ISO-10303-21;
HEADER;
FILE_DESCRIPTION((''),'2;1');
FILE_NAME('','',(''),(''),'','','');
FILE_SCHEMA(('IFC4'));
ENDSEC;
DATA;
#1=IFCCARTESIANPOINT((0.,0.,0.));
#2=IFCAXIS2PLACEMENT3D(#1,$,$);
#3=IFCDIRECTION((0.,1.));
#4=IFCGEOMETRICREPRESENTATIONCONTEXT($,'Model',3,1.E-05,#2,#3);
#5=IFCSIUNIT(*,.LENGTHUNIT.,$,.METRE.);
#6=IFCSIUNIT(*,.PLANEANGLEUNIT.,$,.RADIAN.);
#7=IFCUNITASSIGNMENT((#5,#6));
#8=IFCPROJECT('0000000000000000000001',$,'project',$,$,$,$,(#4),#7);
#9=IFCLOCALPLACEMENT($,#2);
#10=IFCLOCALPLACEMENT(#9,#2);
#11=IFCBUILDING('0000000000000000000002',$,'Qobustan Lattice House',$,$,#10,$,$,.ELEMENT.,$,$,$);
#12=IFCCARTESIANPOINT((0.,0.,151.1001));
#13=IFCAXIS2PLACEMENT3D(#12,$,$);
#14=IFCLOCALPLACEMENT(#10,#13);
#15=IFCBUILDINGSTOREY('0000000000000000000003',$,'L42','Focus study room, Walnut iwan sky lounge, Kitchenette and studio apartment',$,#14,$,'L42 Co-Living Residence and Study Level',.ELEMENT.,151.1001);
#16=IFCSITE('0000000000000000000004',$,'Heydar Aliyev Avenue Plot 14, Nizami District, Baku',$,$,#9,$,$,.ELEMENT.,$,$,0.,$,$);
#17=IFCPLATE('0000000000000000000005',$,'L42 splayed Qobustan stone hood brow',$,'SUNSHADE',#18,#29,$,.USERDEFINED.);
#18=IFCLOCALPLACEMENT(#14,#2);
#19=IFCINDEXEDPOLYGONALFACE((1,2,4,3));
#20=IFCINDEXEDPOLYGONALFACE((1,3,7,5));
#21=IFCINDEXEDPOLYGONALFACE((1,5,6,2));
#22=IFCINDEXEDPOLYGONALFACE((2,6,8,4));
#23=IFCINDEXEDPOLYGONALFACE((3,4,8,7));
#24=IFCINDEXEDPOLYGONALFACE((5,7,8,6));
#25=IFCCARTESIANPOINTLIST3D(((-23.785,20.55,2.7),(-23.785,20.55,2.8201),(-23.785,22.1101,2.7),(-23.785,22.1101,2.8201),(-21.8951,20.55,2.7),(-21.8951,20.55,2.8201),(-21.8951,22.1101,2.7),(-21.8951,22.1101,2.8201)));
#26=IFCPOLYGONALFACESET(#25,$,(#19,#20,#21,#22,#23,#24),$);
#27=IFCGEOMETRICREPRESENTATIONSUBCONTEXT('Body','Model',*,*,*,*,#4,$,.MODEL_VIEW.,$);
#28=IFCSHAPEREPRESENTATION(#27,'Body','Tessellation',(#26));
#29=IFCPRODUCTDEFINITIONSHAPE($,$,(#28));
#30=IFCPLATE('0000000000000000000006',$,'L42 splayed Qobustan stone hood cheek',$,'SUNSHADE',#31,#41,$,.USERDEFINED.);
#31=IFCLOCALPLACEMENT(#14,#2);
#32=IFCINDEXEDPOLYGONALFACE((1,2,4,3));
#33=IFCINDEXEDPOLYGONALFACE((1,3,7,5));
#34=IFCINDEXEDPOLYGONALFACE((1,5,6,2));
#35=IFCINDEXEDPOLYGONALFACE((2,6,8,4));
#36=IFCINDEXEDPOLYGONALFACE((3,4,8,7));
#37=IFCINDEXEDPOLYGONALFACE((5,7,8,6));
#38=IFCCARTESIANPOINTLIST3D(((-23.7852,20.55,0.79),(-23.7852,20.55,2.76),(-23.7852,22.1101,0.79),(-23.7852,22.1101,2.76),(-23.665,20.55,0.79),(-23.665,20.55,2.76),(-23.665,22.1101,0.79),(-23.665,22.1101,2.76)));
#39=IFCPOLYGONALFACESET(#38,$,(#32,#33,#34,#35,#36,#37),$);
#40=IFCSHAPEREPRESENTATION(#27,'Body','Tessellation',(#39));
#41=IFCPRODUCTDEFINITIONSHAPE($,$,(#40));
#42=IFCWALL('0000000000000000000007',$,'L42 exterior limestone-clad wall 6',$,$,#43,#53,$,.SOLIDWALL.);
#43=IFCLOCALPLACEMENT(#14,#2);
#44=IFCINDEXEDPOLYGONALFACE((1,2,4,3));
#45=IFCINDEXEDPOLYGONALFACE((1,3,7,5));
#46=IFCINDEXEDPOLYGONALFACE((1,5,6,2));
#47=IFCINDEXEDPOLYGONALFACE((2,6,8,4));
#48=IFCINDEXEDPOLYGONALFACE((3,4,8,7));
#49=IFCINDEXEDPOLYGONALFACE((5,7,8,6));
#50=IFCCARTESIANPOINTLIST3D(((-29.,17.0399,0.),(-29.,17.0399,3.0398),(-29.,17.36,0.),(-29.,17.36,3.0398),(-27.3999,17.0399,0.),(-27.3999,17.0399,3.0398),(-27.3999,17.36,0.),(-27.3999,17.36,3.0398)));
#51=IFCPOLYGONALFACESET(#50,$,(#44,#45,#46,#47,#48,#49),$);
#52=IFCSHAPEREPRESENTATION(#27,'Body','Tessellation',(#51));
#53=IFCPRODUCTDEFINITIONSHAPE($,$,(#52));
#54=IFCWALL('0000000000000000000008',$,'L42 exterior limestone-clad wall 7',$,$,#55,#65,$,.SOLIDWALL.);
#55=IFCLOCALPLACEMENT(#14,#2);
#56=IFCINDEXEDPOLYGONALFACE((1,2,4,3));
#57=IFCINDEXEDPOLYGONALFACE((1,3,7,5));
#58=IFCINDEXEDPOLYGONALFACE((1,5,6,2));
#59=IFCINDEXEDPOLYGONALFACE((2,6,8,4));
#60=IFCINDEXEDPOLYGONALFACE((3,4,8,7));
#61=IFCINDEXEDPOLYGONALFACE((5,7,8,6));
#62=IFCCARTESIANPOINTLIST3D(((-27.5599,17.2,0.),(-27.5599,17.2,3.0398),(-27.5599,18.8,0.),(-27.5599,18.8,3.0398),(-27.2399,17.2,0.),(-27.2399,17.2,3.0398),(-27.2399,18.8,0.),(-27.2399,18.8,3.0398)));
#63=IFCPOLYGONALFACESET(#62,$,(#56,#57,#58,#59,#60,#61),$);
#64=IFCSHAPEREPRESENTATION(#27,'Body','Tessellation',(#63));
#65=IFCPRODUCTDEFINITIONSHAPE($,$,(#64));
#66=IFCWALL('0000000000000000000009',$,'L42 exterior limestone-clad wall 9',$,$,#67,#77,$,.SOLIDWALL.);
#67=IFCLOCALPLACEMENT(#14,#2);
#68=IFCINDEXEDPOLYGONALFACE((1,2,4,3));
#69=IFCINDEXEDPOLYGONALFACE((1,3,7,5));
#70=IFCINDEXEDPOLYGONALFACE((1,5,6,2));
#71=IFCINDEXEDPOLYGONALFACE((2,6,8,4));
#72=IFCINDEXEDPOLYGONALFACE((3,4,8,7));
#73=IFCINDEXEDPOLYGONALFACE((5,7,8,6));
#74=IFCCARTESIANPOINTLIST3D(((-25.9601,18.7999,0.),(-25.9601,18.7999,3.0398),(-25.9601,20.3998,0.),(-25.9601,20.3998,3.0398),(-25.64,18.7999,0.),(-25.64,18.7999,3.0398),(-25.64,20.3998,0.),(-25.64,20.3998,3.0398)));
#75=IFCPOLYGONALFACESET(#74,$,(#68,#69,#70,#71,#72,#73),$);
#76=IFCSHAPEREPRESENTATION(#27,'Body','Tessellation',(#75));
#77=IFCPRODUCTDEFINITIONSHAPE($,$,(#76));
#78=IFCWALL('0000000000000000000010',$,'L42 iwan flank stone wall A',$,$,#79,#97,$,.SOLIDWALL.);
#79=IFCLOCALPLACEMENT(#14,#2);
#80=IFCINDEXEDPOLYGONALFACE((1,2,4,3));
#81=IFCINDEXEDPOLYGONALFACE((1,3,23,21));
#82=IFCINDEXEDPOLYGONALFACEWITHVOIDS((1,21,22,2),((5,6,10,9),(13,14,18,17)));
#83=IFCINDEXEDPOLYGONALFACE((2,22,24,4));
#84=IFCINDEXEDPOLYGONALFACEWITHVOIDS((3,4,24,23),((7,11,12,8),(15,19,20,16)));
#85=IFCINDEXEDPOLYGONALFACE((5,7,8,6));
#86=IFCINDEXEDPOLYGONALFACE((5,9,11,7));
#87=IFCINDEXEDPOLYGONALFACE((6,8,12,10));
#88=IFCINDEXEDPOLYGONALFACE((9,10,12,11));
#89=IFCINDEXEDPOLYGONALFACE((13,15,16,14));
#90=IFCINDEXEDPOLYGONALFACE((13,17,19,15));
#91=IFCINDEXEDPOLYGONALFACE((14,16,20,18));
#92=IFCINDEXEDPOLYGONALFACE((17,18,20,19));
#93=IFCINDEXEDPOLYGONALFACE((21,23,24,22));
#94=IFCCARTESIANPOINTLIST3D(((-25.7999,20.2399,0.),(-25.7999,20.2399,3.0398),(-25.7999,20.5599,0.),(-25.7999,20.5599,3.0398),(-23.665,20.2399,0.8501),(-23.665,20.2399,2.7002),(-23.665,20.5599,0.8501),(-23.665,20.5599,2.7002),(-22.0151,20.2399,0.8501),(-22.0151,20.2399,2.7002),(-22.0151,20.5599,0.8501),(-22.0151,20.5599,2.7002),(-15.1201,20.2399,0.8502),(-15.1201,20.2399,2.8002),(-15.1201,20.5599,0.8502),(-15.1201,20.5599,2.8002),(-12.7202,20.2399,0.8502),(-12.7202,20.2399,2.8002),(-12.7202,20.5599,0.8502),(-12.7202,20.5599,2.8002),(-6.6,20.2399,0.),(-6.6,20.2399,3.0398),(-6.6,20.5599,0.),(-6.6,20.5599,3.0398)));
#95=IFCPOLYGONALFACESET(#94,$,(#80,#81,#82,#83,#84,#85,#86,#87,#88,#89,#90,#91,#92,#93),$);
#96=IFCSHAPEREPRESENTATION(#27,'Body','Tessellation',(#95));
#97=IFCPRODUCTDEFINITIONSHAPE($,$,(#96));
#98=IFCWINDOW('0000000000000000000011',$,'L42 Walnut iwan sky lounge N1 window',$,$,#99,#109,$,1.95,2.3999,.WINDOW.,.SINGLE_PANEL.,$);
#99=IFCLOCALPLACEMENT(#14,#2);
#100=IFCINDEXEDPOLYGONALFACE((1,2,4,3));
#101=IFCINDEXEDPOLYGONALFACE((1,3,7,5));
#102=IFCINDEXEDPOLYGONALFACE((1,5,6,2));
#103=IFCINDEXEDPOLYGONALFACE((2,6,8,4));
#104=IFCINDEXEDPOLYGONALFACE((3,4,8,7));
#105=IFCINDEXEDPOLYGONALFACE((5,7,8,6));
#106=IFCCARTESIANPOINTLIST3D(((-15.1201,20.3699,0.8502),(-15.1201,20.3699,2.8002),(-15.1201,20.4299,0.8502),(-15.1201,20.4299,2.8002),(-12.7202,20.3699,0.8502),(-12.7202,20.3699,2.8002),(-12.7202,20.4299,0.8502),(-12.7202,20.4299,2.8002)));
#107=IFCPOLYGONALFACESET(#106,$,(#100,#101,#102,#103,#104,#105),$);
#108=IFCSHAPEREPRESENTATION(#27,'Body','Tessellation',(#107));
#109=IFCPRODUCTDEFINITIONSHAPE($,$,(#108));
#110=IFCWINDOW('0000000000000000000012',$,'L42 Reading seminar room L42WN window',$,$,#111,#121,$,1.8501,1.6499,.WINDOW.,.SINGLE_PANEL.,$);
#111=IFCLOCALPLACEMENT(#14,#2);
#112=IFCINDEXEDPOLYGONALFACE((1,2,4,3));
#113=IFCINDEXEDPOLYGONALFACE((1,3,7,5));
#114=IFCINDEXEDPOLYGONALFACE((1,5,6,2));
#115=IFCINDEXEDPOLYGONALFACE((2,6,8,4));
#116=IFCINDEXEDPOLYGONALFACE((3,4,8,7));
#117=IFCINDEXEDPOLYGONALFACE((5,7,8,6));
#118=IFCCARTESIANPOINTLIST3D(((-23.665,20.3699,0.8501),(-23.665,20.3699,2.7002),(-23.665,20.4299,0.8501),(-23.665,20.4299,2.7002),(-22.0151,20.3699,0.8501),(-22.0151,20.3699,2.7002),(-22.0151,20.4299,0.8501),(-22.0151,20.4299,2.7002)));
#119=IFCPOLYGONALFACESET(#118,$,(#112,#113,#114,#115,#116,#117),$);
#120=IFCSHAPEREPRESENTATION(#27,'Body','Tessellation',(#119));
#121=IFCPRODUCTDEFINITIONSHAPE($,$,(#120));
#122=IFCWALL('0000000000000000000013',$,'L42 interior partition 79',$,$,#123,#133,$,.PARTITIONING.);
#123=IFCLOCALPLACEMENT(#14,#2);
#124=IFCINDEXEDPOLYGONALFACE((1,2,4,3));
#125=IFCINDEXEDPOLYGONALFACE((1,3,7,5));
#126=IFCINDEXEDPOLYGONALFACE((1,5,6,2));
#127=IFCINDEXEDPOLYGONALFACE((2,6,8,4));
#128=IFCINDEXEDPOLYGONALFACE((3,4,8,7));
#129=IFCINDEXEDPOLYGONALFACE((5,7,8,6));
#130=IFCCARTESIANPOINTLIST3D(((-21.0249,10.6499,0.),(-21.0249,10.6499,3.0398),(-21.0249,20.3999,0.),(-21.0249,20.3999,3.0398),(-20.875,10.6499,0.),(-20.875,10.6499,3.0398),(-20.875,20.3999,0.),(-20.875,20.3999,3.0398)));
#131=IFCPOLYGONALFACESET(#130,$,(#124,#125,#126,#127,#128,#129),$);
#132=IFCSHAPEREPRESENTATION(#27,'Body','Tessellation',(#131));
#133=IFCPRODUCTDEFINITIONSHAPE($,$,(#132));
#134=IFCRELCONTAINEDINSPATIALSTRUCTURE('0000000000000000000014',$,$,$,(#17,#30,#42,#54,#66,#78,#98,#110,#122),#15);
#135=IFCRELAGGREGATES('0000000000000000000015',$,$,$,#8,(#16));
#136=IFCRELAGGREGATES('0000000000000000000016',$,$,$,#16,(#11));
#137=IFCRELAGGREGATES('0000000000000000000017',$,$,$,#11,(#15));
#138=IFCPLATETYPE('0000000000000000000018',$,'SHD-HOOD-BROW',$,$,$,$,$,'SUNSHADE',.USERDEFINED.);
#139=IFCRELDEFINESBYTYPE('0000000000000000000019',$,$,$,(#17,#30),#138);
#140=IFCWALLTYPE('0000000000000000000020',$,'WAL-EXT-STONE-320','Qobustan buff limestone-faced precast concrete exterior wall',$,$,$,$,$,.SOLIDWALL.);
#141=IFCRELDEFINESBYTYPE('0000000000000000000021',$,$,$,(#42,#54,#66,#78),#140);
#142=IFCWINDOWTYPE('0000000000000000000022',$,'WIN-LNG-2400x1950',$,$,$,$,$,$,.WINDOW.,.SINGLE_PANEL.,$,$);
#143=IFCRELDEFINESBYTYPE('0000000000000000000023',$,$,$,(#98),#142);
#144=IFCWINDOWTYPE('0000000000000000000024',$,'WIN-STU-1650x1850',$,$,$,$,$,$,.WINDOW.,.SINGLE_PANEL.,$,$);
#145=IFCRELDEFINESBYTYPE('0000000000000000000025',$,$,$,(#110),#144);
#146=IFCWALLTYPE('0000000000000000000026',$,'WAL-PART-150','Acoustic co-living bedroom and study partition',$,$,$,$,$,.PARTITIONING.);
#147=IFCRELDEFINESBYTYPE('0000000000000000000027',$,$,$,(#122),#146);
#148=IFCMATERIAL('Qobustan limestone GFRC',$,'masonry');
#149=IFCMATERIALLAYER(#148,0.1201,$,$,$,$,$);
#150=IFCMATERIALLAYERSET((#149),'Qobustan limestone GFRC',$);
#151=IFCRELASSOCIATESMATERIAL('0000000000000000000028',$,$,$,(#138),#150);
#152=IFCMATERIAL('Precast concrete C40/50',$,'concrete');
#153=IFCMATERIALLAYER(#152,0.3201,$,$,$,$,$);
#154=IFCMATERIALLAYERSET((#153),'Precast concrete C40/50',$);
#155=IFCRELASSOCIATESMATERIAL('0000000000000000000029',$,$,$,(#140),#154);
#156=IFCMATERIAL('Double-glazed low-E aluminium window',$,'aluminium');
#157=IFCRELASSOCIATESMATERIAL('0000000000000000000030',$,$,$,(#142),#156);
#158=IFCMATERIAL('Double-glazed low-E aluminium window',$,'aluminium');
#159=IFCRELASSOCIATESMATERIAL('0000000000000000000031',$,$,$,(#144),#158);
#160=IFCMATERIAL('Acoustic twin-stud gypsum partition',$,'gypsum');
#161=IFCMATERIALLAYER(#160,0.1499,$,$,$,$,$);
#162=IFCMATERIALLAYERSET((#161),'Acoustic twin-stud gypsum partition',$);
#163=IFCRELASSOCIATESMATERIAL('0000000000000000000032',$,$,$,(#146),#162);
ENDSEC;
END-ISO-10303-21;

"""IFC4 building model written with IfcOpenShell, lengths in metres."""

from ifc_helpers import new_model, si_unit, direction, frame, frame_2d, origin, origin_2d, place, context, subcontext, project, spatial, rectangle, extrude, material, layer, layer_set, type_object, element, fill, save


model = new_model("IFC4")

# Units and contexts
model_context = context("Model", 3, precision=1e-05, world=origin(), true_north=direction((0.0, 1.0)))
body_context = subcontext(model_context, "Body", "Model", "MODEL_VIEW")
ifc_project = project(units=[si_unit("LENGTHUNIT", "METRE"), si_unit("PLANEANGLEUNIT", "RADIAN")], contexts=[model_context])

# Site, building, storey
site_placement = place(None, origin())
site = spatial("IfcSite", under=ifc_project, at=site_placement, Name="Heydar Aliyev Avenue Plot 14, Nizami District, Baku", CompositionType="ELEMENT", RefElevation=0.0)
building_placement = place(site_placement, origin())
building = spatial("IfcBuilding", under=site, at=building_placement, Name="Qobustan Lattice House", CompositionType="ELEMENT")
storey_placement = place(building_placement, frame((0.0, 0.0, 151.1001)))
storey = spatial("IfcBuildingStorey", under=building, at=storey_placement, Name="L42", Description="Focus study room, Walnut iwan sky lounge, Kitchenette and studio apartment", LongName="L42 Co-Living Residence and Study Level", CompositionType="ELEMENT", Elevation=151.1001)

# Plates
ifc_material_1 = material(Name="Qobustan limestone GFRC", Category="masonry")
ifc_layer_1 = layer(ifc_material_1, 0.1201)
ifc_layer_set_1 = layer_set([ifc_layer_1], Name="Qobustan limestone GFRC")
plate_type_1 = type_object("IfcPlateType", Name="SHD-HOOD-BROW", ElementType="SUNSHADE", PredefinedType="USERDEFINED", material=ifc_layer_set_1)
plate_1_placement = place(storey_placement, frame((-22.8401, 21.3301, 2.7), z_axis=(0.0, 0.0, 1.0), x_axis=(1.0, 0.0, 0.0)))
element("IfcPlate", 1, at=plate_1_placement, inside=storey, type_object=plate_type_1, Name="L42 splayed Qobustan stone hood brow", ObjectType="SUNSHADE", PredefinedType="USERDEFINED", context=body_context, shape_type="SweptSolid", body=[
    extrude(rectangle(XDim=1.8899, YDim=1.5601, at=origin_2d()), origin(), (0.0, 0.0, 1.0), 0.1201),
])
plate_2_placement = place(storey_placement, frame((-23.7251, 21.3301, 0.79), z_axis=(0.0, 0.0, 1.0), x_axis=(1.0, 0.0, 0.0)))
element("IfcPlate", 2, at=plate_2_placement, inside=storey, type_object=plate_type_1, Name="L42 splayed Qobustan stone hood cheek", ObjectType="SUNSHADE", PredefinedType="USERDEFINED", context=body_context, shape_type="SweptSolid", body=[
    extrude(rectangle(XDim=0.1201, YDim=1.5601, at=origin_2d()), origin(), (0.0, 0.0, 1.0), 1.97),
])

# Walls
ifc_material_2 = material(Name="Precast concrete C40/50", Category="concrete")
ifc_layer_2 = layer(ifc_material_2, 0.3201)
ifc_layer_set_2 = layer_set([ifc_layer_2], Name="Precast concrete C40/50")
wall_type_1 = type_object("IfcWallType", Name="WAL-EXT-STONE-320", Description="Qobustan buff limestone-faced precast concrete exterior wall", PredefinedType="SOLIDWALL", material=ifc_layer_set_2)
for number, where, z_axis, x_axis, name in (
    (3, (-29.0, 17.2, 0.0), (0.0, 0.0, 1.0), (1.0, 0.0, 0.0), "L42 exterior limestone-clad wall 6"),
    (4, (-27.3999, 17.2, 0.0), (0.0, 0.0, 1.0), (0.0, 1.0, 0.0), "L42 exterior limestone-clad wall 7"),
):
    element("IfcWall", number, at=place(storey_placement, frame(where, z_axis=z_axis, x_axis=x_axis)), inside=storey, type_object=wall_type_1, Name=name, PredefinedType="SOLIDWALL", context=body_context, shape_type="SweptSolid", body=[
        extrude(rectangle(XDim=1.6001, YDim=0.3201, at=frame_2d((0.8, 0.0))), origin(), (0.0, 0.0, 1.0), 3.0398),
    ])
wall_1_placement = place(storey_placement, frame((-25.8, 18.8, 0.0), z_axis=(0.0, 0.0, 1.0), x_axis=(0.0, 1.0, 0.0)))
element("IfcWall", 5, at=wall_1_placement, inside=storey, type_object=wall_type_1, Name="L42 exterior limestone-clad wall 9", PredefinedType="SOLIDWALL", context=body_context, shape_type="SweptSolid", body=[
    extrude(rectangle(XDim=1.5999, YDim=0.3201, at=frame_2d((0.7998, 0.0))), origin(), (0.0, 0.0, 1.0), 3.0398),
])

# Wall, openings, windows
wall_2_placement = place(storey_placement, frame((-25.8, 20.3999, 0.0), z_axis=(0.0, 0.0, 1.0), x_axis=(1.0, 0.0, 0.0)))
wall_2 = element("IfcWall", 6, at=wall_2_placement, inside=storey, type_object=wall_type_1, Name="L42 iwan flank stone wall A", PredefinedType="SOLIDWALL", context=body_context, shape_type="SweptSolid", body=[
    extrude(rectangle(XDim=19.2, YDim=0.3201, at=frame_2d((9.6001, 0.0))), origin(), (0.0, 0.0, 1.0), 3.0398),
])
opening_1_placement = place(wall_2_placement, frame((2.135, 0.0, 0.8501)))
opening_1 = element("IfcOpeningElement", 7, at=opening_1_placement, cuts=wall_2, PredefinedType="OPENING", context=body_context, shape_type="SweptSolid", body=[
    extrude(rectangle(XDim=1.6499, YDim=1.8501, at=frame_2d((0.825, 0.925))), frame((0.0, 0.1699, 0.0), z_axis=(0.0, -1.0, 0.0), x_axis=(1.0, 0.0, 0.0)), (0.0, 0.0, 1.0), 0.3401),
])
opening_2_placement = place(wall_2_placement, frame((10.6799, 0.0, 0.8501)))
opening_2 = element("IfcOpeningElement", 8, at=opening_2_placement, cuts=wall_2, PredefinedType="OPENING", context=body_context, shape_type="SweptSolid", body=[
    extrude(rectangle(XDim=2.3999, YDim=1.95, at=frame_2d((1.2, 0.9751))), frame((0.0, 0.1699, 0.0), z_axis=(0.0, -1.0, 0.0), x_axis=(1.0, 0.0, 0.0)), (0.0, 0.0, 1.0), 0.3401),
])
ifc_material_3 = material(Name="Double-glazed low-E aluminium window", Category="aluminium")
window_type_1 = type_object("IfcWindowType", Name="WIN-LNG-2400x1950", PartitioningType="SINGLE_PANEL", PredefinedType="WINDOW", material=ifc_material_3)
window_1_placement = place(opening_2_placement, origin())
window_1 = element("IfcWindow", 9, at=window_1_placement, inside=storey, type_object=window_type_1, Name="L42 Walnut iwan sky lounge N1 window", OverallHeight=1.95, OverallWidth=2.3999, PartitioningType="SINGLE_PANEL", PredefinedType="WINDOW", context=body_context, shape_type="SweptSolid", body=[
    extrude(rectangle(XDim=2.3999, YDim=1.95, at=frame_2d((1.2, 0.9751))), frame((0.0, 0.03, 0.0), z_axis=(0.0, -1.0, 0.0), x_axis=(1.0, 0.0, 0.0)), (0.0, 0.0, 1.0), 0.0601),
])
fill(opening_2, window_1)
ifc_material_4 = material(Name="Double-glazed low-E aluminium window", Category="aluminium")
window_type_2 = type_object("IfcWindowType", Name="WIN-STU-1650x1850", PartitioningType="SINGLE_PANEL", PredefinedType="WINDOW", material=ifc_material_4)
window_2_placement = place(opening_1_placement, origin())
window_2 = element("IfcWindow", 10, at=window_2_placement, inside=storey, type_object=window_type_2, Name="L42 Reading seminar room L42WN window", OverallHeight=1.8501, OverallWidth=1.6499, PartitioningType="SINGLE_PANEL", PredefinedType="WINDOW", context=body_context, shape_type="SweptSolid", body=[
    extrude(rectangle(XDim=1.6499, YDim=1.8501, at=frame_2d((0.825, 0.925))), frame((0.0, 0.03, 0.0), z_axis=(0.0, -1.0, 0.0), x_axis=(1.0, 0.0, 0.0)), (0.0, 0.0, 1.0), 0.0601),
])
fill(opening_1, window_2)

# Wall
ifc_material_5 = material(Name="Acoustic twin-stud gypsum partition", Category="gypsum")
ifc_layer_3 = layer(ifc_material_5, 0.1499)
ifc_layer_set_3 = layer_set([ifc_layer_3], Name="Acoustic twin-stud gypsum partition")
wall_type_2 = type_object("IfcWallType", Name="WAL-PART-150", Description="Acoustic co-living bedroom and study partition", PredefinedType="PARTITIONING", material=ifc_layer_set_3)
wall_3_placement = place(storey_placement, frame((-20.95, 20.3999, 0.0), z_axis=(0.0, 0.0, 1.0), x_axis=(0.0, -1.0, 0.0)))
element("IfcWall", 11, at=wall_3_placement, inside=storey, type_object=wall_type_2, Name="L42 interior partition 79", PredefinedType="PARTITIONING", context=body_context, shape_type="SweptSolid", body=[
    extrude(rectangle(XDim=9.75, YDim=0.1499, at=frame_2d((4.875, 0.0))), origin(), (0.0, 0.0, 1.0), 3.0398),
])

save(model, "model.ifc")
